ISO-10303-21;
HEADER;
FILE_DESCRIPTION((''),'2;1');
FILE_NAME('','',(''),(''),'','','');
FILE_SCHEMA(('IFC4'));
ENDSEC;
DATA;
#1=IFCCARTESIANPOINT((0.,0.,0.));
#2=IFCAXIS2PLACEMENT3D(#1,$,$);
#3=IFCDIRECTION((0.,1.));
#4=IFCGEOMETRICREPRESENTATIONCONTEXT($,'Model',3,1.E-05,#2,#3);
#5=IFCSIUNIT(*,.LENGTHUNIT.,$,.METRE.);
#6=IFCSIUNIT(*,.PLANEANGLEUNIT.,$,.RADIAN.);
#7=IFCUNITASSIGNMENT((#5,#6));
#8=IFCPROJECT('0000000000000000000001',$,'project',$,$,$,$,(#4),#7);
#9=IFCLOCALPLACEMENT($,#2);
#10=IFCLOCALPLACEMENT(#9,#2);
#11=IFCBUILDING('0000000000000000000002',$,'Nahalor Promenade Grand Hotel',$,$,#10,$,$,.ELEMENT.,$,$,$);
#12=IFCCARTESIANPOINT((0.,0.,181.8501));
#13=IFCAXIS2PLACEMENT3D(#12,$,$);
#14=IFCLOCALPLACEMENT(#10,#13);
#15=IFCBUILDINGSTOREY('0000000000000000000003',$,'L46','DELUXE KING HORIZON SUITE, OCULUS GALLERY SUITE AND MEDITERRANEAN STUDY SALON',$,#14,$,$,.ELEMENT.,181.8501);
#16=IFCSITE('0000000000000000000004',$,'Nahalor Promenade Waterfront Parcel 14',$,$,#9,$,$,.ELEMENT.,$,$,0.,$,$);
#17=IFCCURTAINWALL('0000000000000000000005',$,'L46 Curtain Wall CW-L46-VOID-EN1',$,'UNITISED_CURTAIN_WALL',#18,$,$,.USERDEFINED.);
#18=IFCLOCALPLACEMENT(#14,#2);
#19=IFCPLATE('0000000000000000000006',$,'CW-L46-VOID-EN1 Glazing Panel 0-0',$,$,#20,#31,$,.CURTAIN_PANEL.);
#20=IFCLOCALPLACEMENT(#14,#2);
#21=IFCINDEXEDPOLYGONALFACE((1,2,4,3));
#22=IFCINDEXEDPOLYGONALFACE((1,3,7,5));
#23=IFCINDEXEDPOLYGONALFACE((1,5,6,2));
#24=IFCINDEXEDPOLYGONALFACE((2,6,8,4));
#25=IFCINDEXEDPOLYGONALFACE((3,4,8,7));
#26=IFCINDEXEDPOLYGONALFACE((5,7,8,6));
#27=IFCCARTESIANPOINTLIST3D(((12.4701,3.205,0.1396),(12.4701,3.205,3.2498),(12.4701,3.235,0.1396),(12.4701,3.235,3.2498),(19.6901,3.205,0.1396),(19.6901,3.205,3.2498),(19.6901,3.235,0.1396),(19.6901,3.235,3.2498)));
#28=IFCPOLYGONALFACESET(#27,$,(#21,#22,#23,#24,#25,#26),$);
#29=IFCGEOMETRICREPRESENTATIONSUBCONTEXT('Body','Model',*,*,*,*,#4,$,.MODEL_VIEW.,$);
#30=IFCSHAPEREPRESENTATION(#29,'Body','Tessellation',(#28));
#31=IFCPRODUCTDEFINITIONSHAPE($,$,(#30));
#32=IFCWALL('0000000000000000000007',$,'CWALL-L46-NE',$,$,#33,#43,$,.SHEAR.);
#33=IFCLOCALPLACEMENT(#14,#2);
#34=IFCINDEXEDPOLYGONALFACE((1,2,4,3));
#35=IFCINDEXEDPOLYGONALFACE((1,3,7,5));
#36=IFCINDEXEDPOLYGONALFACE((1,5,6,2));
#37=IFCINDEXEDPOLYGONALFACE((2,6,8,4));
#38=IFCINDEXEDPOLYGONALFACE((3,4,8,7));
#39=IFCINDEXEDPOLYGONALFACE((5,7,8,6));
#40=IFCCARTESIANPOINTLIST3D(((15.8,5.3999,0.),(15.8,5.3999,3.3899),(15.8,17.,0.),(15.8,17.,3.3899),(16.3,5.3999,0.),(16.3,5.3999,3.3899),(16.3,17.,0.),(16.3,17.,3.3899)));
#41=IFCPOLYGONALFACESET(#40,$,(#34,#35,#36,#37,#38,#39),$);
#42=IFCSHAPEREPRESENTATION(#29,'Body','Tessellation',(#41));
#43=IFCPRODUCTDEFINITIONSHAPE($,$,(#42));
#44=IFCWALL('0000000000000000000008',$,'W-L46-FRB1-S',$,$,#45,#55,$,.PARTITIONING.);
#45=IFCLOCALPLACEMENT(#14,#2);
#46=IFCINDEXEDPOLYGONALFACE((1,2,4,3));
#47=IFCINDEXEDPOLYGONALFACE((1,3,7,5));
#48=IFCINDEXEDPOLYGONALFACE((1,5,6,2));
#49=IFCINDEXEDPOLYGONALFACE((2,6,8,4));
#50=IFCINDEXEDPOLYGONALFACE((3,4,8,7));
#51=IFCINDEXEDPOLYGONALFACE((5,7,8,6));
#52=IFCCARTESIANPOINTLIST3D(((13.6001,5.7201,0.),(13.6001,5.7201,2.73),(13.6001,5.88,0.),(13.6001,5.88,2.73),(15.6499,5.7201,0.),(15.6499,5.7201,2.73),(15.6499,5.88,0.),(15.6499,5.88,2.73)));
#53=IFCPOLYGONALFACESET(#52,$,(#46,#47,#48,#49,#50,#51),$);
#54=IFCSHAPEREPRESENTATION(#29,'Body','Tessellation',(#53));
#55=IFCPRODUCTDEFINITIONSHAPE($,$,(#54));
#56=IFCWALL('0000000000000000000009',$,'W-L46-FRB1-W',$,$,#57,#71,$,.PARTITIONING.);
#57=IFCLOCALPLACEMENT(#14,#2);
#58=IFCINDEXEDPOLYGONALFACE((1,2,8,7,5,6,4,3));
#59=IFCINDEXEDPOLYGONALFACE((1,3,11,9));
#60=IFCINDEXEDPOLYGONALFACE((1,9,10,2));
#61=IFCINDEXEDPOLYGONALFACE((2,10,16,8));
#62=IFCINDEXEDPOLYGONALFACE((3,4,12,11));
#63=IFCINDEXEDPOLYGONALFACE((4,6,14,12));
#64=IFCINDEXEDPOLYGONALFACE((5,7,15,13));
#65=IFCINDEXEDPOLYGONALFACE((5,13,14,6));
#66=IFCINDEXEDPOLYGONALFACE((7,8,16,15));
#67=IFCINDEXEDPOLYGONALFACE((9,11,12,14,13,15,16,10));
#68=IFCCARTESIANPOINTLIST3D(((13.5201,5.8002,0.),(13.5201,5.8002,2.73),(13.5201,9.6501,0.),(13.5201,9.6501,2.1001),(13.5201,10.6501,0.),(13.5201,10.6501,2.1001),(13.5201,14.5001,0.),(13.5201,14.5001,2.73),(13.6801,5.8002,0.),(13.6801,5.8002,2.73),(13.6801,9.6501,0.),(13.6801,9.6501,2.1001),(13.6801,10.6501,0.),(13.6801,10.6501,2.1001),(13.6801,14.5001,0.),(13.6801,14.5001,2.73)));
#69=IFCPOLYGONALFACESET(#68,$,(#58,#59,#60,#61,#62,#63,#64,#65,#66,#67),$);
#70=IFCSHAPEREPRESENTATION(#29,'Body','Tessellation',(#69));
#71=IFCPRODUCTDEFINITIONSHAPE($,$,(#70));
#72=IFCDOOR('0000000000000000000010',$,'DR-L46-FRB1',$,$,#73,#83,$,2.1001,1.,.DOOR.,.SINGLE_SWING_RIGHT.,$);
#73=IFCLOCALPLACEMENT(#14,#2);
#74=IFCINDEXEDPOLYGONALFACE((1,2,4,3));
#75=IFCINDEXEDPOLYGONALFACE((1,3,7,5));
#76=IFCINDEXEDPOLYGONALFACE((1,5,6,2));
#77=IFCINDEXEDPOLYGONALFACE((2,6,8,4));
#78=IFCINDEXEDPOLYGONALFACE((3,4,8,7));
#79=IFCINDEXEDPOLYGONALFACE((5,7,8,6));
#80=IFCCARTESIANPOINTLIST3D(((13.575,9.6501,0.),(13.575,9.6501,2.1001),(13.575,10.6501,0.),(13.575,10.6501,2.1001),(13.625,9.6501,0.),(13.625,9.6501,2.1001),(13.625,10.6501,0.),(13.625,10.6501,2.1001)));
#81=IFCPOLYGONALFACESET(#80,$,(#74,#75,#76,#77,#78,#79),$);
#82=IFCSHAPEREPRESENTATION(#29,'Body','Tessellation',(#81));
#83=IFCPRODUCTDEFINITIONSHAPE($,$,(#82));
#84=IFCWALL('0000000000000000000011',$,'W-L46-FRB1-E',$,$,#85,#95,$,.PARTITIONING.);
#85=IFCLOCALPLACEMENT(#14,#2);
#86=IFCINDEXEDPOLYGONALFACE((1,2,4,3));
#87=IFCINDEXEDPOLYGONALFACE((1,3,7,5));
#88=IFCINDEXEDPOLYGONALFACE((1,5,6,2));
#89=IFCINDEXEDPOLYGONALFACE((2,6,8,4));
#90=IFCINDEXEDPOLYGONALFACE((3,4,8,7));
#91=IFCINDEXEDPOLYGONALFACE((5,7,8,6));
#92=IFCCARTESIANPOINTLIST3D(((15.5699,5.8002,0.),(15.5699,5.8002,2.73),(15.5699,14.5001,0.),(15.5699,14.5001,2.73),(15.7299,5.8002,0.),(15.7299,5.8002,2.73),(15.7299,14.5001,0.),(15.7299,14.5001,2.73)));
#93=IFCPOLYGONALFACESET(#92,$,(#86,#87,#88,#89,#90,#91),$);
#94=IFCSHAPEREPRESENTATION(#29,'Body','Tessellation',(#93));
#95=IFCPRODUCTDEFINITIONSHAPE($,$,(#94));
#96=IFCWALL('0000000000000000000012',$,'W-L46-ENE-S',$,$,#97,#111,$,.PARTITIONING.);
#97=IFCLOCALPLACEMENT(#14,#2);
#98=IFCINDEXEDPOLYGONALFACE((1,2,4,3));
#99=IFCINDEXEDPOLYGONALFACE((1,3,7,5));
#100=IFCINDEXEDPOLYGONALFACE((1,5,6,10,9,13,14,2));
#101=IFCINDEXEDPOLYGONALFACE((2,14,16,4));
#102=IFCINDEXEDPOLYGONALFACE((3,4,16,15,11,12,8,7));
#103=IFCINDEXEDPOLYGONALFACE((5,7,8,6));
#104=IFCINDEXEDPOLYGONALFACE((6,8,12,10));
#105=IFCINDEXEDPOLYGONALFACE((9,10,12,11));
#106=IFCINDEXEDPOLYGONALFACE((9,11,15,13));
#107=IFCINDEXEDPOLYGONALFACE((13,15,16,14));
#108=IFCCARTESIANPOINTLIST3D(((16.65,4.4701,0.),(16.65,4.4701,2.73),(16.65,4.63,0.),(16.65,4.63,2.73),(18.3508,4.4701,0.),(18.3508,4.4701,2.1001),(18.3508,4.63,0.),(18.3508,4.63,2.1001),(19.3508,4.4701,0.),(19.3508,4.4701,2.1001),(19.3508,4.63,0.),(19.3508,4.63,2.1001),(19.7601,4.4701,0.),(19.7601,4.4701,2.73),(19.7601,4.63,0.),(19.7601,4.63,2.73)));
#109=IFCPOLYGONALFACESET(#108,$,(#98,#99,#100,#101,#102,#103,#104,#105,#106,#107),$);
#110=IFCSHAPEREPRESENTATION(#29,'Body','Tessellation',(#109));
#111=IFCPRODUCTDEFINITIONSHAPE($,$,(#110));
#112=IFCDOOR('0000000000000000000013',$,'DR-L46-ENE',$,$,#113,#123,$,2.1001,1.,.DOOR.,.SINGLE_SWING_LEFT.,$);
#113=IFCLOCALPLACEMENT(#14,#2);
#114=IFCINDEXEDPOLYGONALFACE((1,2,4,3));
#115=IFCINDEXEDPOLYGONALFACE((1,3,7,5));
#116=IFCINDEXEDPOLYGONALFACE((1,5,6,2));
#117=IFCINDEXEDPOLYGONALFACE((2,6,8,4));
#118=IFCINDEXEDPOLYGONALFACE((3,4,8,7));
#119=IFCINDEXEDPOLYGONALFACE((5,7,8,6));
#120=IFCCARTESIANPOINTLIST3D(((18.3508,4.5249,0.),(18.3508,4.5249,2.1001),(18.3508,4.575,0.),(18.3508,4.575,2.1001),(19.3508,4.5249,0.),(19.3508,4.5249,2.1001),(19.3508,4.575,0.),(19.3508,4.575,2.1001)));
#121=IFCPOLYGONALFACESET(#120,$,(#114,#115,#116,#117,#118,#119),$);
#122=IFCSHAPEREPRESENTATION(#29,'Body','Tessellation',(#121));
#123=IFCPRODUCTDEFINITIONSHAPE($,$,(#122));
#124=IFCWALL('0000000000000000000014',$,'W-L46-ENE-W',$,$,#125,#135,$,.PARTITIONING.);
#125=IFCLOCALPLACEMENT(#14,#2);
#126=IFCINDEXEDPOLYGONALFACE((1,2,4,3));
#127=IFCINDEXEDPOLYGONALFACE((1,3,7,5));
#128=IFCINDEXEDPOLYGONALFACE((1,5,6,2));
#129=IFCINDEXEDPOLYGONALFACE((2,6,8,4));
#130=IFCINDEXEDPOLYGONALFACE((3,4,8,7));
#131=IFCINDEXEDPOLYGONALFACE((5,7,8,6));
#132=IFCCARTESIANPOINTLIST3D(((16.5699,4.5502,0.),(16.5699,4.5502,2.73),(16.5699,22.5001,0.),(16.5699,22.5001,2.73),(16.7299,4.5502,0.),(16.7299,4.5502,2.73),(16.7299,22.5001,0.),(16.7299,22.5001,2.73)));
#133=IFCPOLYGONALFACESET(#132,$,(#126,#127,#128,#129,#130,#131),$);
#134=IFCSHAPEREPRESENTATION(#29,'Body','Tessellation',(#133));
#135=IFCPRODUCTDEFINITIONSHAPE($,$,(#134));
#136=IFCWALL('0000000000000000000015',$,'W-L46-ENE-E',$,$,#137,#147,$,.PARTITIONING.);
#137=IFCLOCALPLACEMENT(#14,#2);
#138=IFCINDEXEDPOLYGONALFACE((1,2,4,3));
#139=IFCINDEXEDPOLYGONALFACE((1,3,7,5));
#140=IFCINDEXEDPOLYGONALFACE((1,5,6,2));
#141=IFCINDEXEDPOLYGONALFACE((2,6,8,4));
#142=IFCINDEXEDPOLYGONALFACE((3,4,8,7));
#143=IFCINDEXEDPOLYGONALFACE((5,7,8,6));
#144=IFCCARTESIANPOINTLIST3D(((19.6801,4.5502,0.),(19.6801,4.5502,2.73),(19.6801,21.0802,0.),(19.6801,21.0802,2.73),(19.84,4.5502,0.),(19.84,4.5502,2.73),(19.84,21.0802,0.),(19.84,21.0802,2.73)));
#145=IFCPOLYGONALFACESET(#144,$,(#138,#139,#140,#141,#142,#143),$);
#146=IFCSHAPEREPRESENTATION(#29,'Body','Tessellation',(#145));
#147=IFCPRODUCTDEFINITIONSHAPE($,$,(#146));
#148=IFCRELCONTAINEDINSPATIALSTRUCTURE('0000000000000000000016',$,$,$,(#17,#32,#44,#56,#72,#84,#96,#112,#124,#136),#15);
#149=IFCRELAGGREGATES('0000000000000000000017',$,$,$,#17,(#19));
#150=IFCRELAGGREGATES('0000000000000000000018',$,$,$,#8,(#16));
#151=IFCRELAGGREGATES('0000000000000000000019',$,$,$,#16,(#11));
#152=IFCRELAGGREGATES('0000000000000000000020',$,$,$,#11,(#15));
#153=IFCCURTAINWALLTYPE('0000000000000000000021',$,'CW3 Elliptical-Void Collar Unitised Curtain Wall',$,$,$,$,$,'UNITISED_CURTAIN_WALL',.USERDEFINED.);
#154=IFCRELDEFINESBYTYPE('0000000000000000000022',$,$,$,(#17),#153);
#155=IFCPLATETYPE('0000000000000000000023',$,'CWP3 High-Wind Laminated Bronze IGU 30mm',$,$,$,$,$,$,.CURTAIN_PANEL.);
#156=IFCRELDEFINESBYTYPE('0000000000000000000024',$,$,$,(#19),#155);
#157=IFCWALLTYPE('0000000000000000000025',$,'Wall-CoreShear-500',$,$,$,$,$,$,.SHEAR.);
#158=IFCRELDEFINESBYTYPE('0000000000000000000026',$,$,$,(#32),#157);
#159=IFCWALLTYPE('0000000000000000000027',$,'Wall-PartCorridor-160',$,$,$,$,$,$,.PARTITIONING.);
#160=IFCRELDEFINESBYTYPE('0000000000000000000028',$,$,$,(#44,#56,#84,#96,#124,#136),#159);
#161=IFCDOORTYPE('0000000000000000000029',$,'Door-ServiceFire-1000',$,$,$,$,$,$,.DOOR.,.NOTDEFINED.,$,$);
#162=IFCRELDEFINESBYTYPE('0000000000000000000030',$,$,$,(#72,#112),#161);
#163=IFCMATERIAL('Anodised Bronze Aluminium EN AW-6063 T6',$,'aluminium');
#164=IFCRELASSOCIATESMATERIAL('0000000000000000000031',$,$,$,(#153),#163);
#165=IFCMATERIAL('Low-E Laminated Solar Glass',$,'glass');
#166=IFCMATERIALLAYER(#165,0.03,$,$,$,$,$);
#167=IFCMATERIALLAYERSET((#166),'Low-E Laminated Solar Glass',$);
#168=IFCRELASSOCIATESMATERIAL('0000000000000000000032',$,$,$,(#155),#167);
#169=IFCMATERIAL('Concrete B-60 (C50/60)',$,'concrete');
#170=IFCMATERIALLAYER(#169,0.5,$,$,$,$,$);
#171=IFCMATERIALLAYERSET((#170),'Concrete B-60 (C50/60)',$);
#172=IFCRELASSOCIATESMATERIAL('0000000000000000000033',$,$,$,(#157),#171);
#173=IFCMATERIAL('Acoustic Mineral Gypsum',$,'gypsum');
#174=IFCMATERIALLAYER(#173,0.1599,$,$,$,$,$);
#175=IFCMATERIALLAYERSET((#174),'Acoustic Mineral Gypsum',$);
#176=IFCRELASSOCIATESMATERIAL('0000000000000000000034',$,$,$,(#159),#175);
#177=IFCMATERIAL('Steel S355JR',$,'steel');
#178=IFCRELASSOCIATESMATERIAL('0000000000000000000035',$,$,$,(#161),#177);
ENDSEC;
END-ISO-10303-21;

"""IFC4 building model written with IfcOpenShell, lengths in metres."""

from ifc_helpers import new_model, si_unit, direction, frame, frame_2d, origin, origin_2d, place, context, subcontext, project, spatial, rectangle, extrude, source, transform, mapped, material, layer, layer_set, type_object, element, fill, aggregate, save


model = new_model("IFC4")

# Units and contexts
model_context = context("Model", 3, precision=1e-05, world=origin(), true_north=direction((0.0, 1.0)))
body_context = subcontext(model_context, "Body", "Model", "MODEL_VIEW")
ifc_project = project(units=[si_unit("LENGTHUNIT", "METRE"), si_unit("PLANEANGLEUNIT", "RADIAN")], contexts=[model_context])

# Site, building, storey
site_placement = place(None, origin())
site = spatial("IfcSite", under=ifc_project, at=site_placement, Name="Nahalor Promenade Waterfront Parcel 14", CompositionType="ELEMENT", RefElevation=0.0)
building_placement = place(site_placement, origin())
building = spatial("IfcBuilding", under=site, at=building_placement, Name="Nahalor Promenade Grand Hotel", CompositionType="ELEMENT")
storey_placement = place(building_placement, frame((0.0, 0.0, 181.8501)))
storey = spatial("IfcBuildingStorey", under=building, at=storey_placement, Name="L46", Description="DELUXE KING HORIZON SUITE, OCULUS GALLERY SUITE AND MEDITERRANEAN STUDY SALON", CompositionType="ELEMENT", Elevation=181.8501)

# Shared definitions
ifc_material_1 = material(Name="Steel S355JR", Category="steel")

# Curtain wall
ifc_material_2 = material(Name="Anodised Bronze Aluminium EN AW-6063 T6", Category="aluminium")
curtain_wall_type = type_object("IfcCurtainWallType", Name="CW3 Elliptical-Void Collar Unitised Curtain Wall", ElementType="UNITISED_CURTAIN_WALL", PredefinedType="USERDEFINED", material=ifc_material_2)
curtain_wall_1_placement = place(storey_placement, origin())
curtain_wall_1 = element("IfcCurtainWall", 1, at=curtain_wall_1_placement, inside=storey, type_object=curtain_wall_type, Name="L46 Curtain Wall CW-L46-VOID-EN1", ObjectType="UNITISED_CURTAIN_WALL", PredefinedType="USERDEFINED")

# Plate
ifc_material_3 = material(Name="Low-E Laminated Solar Glass", Category="glass")
ifc_layer_1 = layer(ifc_material_3, 0.03)
ifc_layer_set_1 = layer_set([ifc_layer_1], Name="Low-E Laminated Solar Glass")
plate_type_1 = type_object("IfcPlateType", Name="CWP3 High-Wind Laminated Bronze IGU 30mm", PredefinedType="CURTAIN_PANEL", material=ifc_layer_set_1)
shared_shape_1 = source(origin(), body_context, "Body", "SweptSolid", [
    extrude(rectangle(XDim=7.22, YDim=0.03, at=origin_2d()), origin(), (0.0, 0.0, 1.0), 3.1101),
])
plate_1_placement = place(storey_placement, frame((16.0801, 3.22, 0.1396), z_axis=(0.0, 0.0, 1.0), x_axis=(1.0, 0.0, 0.0)))
plate_1 = element("IfcPlate", 2, at=plate_1_placement, type_object=plate_type_1, Name="CW-L46-VOID-EN1 Glazing Panel 0-0", PredefinedType="CURTAIN_PANEL", context=body_context, shape_type="MappedRepresentation", body=[
    mapped(shared_shape_1, transform((0.0, 0.0, 0.0), scale=1.0)),
])
aggregate(curtain_wall_1, [plate_1])

# Walls
ifc_material_4 = material(Name="Concrete B-60 (C50/60)", Category="concrete")
ifc_layer_2 = layer(ifc_material_4, 0.5)
ifc_layer_set_2 = layer_set([ifc_layer_2], Name="Concrete B-60 (C50/60)")
wall_type_1 = type_object("IfcWallType", Name="Wall-CoreShear-500", PredefinedType="SHEAR", material=ifc_layer_set_2)
shared_shape_2 = source(origin(), body_context, "Body", "SweptSolid", [
    extrude(rectangle(XDim=11.6001, YDim=0.5, at=frame_2d((5.8, 0.0))), origin(), (0.0, 0.0, 1.0), 3.3899),
])
wall_1_placement = place(storey_placement, frame((16.05, 5.3999, 0.0), z_axis=(0.0, 0.0, 1.0), x_axis=(0.0, 1.0, 0.0)))
element("IfcWall", 3, at=wall_1_placement, inside=storey, type_object=wall_type_1, Name="CWALL-L46-NE", PredefinedType="SHEAR", context=body_context, shape_type="MappedRepresentation", body=[
    mapped(shared_shape_2, transform((0.0, 0.0, 0.0), scale=1.0)),
])
ifc_material_5 = material(Name="Acoustic Mineral Gypsum", Category="gypsum")
ifc_layer_3 = layer(ifc_material_5, 0.1599)
ifc_layer_set_3 = layer_set([ifc_layer_3], Name="Acoustic Mineral Gypsum")
wall_type_2 = type_object("IfcWallType", Name="Wall-PartCorridor-160", PredefinedType="PARTITIONING", material=ifc_layer_set_3)
shared_shape_3 = source(origin(), body_context, "Body", "SweptSolid", [
    extrude(rectangle(XDim=2.0498, YDim=0.1599, at=frame_2d((1.0249, 0.0))), origin(), (0.0, 0.0, 1.0), 2.73),
])
wall_2_placement = place(storey_placement, frame((13.6001, 5.8, 0.0), z_axis=(0.0, 0.0, 1.0), x_axis=(1.0, 0.0, 0.0)))
element("IfcWall", 4, at=wall_2_placement, inside=storey, type_object=wall_type_2, Name="W-L46-FRB1-S", PredefinedType="PARTITIONING", context=body_context, shape_type="MappedRepresentation", body=[
    mapped(shared_shape_3, transform((0.0, 0.0, 0.0), scale=1.0)),
])

# Wall, opening, door
shared_shape_4 = source(origin(), body_context, "Body", "SweptSolid", [
    extrude(rectangle(XDim=8.7, YDim=0.1599, at=frame_2d((4.3501, 0.0))), origin(), (0.0, 0.0, 1.0), 2.73),
])
wall_3_placement = place(storey_placement, frame((13.6001, 5.8, 0.0), z_axis=(0.0, 0.0, 1.0), x_axis=(0.0, 1.0, 0.0)))
wall_3 = element("IfcWall", 5, at=wall_3_placement, inside=storey, type_object=wall_type_2, Name="W-L46-FRB1-W", PredefinedType="PARTITIONING", context=body_context, shape_type="MappedRepresentation", body=[
    mapped(shared_shape_4, transform((0.0, 0.0, 0.0), scale=1.0)),
])
opening_1_placement = place(wall_3_placement, frame((3.8501, 0.0, 0.0)))
opening_1 = element("IfcOpeningElement", 6, at=opening_1_placement, cuts=wall_3, PredefinedType="OPENING", context=body_context, shape_type="SweptSolid", body=[
    extrude(rectangle(XDim=1.0, YDim=2.1001, at=frame_2d((0.5, 1.05))), frame((0.0, 0.0898, 0.0), z_axis=(0.0, -1.0, 0.0), x_axis=(1.0, 0.0, 0.0)), (0.0, 0.0, 1.0), 0.1799),
])
door_type = type_object("IfcDoorType", Name="Door-ServiceFire-1000", OperationType="NOTDEFINED", PredefinedType="DOOR", material=ifc_material_1)
shared_shape_5 = source(origin(), body_context, "Body", "SweptSolid", [
    extrude(rectangle(XDim=1.0, YDim=2.1001, at=frame_2d((0.5, 1.05))), frame((0.0, 0.0249, 0.0), z_axis=(0.0, -1.0, 0.0), x_axis=(1.0, 0.0, 0.0)), (0.0, 0.0, 1.0), 0.05),
])
door_1_placement = place(opening_1_placement, frame((1.0, 0.0, 0.0), z_axis=(0.0, 0.0, 1.0), x_axis=(-1.0, 0.0, 0.0)))
door_1 = element("IfcDoor", 7, at=door_1_placement, inside=storey, type_object=door_type, Name="DR-L46-FRB1", OperationType="SINGLE_SWING_RIGHT", OverallHeight=2.1001, OverallWidth=1.0, PredefinedType="DOOR", context=body_context, shape_type="MappedRepresentation", body=[
    mapped(shared_shape_5, transform((0.0, 0.0, 0.0), scale=1.0)),
])
fill(opening_1, door_1)

# Wall
wall_4_placement = place(storey_placement, frame((15.6499, 5.8, 0.0), z_axis=(0.0, 0.0, 1.0), x_axis=(0.0, 1.0, 0.0)))
element("IfcWall", 8, at=wall_4_placement, inside=storey, type_object=wall_type_2, Name="W-L46-FRB1-E", PredefinedType="PARTITIONING", context=body_context, shape_type="MappedRepresentation", body=[
    mapped(shared_shape_4, transform((0.0, 0.0, 0.0), scale=1.0)),
])

# Wall, opening, door
shared_shape_6 = source(origin(), body_context, "Body", "SweptSolid", [
    extrude(rectangle(XDim=3.1101, YDim=0.1599, at=frame_2d((1.5552, 0.0))), origin(), (0.0, 0.0, 1.0), 2.73),
])
wall_5_placement = place(storey_placement, frame((16.6499, 4.55, 0.0), z_axis=(0.0, 0.0, 1.0), x_axis=(1.0, 0.0, 0.0)))
wall_5 = element("IfcWall", 9, at=wall_5_placement, inside=storey, type_object=wall_type_2, Name="W-L46-ENE-S", PredefinedType="PARTITIONING", context=body_context, shape_type="MappedRepresentation", body=[
    mapped(shared_shape_6, transform((0.0, 0.0, 0.0), scale=1.0)),
])
opening_2_placement = place(wall_5_placement, frame((1.7009, 0.0, 0.0)))
opening_2 = element("IfcOpeningElement", 10, at=opening_2_placement, cuts=wall_5, PredefinedType="OPENING", context=body_context, shape_type="SweptSolid", body=[
    extrude(rectangle(XDim=1.0, YDim=2.1001, at=frame_2d((0.5, 1.05))), frame((0.0, 0.0898, 0.0), z_axis=(0.0, -1.0, 0.0), x_axis=(1.0, 0.0, 0.0)), (0.0, 0.0, 1.0), 0.1799),
])
door_2_placement = place(opening_2_placement, origin())
door_2 = element("IfcDoor", 11, at=door_2_placement, inside=storey, type_object=door_type, Name="DR-L46-ENE", OperationType="SINGLE_SWING_LEFT", OverallHeight=2.1001, OverallWidth=1.0, PredefinedType="DOOR", context=body_context, shape_type="MappedRepresentation", body=[
    mapped(shared_shape_5, transform((0.0, 0.0, 0.0), scale=1.0)),
])
fill(opening_2, door_2)

# Walls
shared_shape_7 = source(origin(), body_context, "Body", "SweptSolid", [
    extrude(rectangle(XDim=17.95, YDim=0.1599, at=frame_2d((8.9751, 0.0))), origin(), (0.0, 0.0, 1.0), 2.73),
])
wall_6_placement = place(storey_placement, frame((16.6499, 4.55, 0.0), z_axis=(0.0, 0.0, 1.0), x_axis=(0.0, 1.0, 0.0)))
element("IfcWall", 12, at=wall_6_placement, inside=storey, type_object=wall_type_2, Name="W-L46-ENE-W", PredefinedType="PARTITIONING", context=body_context, shape_type="MappedRepresentation", body=[
    mapped(shared_shape_7, transform((0.0, 0.0, 0.0), scale=1.0)),
])
shared_shape_8 = source(origin(), body_context, "Body", "SweptSolid", [
    extrude(rectangle(XDim=16.53, YDim=0.1599, at=frame_2d((8.2651, 0.0))), origin(), (0.0, 0.0, 1.0), 2.73),
])
wall_7_placement = place(storey_placement, frame((19.76, 4.55, 0.0), z_axis=(0.0, 0.0, 1.0), x_axis=(0.0, 1.0, 0.0)))
element("IfcWall", 13, at=wall_7_placement, inside=storey, type_object=wall_type_2, Name="W-L46-ENE-E", PredefinedType="PARTITIONING", context=body_context, shape_type="MappedRepresentation", body=[
    mapped(shared_shape_8, transform((0.0, 0.0, 0.0), scale=1.0)),
])

save(model, "model.ifc")
